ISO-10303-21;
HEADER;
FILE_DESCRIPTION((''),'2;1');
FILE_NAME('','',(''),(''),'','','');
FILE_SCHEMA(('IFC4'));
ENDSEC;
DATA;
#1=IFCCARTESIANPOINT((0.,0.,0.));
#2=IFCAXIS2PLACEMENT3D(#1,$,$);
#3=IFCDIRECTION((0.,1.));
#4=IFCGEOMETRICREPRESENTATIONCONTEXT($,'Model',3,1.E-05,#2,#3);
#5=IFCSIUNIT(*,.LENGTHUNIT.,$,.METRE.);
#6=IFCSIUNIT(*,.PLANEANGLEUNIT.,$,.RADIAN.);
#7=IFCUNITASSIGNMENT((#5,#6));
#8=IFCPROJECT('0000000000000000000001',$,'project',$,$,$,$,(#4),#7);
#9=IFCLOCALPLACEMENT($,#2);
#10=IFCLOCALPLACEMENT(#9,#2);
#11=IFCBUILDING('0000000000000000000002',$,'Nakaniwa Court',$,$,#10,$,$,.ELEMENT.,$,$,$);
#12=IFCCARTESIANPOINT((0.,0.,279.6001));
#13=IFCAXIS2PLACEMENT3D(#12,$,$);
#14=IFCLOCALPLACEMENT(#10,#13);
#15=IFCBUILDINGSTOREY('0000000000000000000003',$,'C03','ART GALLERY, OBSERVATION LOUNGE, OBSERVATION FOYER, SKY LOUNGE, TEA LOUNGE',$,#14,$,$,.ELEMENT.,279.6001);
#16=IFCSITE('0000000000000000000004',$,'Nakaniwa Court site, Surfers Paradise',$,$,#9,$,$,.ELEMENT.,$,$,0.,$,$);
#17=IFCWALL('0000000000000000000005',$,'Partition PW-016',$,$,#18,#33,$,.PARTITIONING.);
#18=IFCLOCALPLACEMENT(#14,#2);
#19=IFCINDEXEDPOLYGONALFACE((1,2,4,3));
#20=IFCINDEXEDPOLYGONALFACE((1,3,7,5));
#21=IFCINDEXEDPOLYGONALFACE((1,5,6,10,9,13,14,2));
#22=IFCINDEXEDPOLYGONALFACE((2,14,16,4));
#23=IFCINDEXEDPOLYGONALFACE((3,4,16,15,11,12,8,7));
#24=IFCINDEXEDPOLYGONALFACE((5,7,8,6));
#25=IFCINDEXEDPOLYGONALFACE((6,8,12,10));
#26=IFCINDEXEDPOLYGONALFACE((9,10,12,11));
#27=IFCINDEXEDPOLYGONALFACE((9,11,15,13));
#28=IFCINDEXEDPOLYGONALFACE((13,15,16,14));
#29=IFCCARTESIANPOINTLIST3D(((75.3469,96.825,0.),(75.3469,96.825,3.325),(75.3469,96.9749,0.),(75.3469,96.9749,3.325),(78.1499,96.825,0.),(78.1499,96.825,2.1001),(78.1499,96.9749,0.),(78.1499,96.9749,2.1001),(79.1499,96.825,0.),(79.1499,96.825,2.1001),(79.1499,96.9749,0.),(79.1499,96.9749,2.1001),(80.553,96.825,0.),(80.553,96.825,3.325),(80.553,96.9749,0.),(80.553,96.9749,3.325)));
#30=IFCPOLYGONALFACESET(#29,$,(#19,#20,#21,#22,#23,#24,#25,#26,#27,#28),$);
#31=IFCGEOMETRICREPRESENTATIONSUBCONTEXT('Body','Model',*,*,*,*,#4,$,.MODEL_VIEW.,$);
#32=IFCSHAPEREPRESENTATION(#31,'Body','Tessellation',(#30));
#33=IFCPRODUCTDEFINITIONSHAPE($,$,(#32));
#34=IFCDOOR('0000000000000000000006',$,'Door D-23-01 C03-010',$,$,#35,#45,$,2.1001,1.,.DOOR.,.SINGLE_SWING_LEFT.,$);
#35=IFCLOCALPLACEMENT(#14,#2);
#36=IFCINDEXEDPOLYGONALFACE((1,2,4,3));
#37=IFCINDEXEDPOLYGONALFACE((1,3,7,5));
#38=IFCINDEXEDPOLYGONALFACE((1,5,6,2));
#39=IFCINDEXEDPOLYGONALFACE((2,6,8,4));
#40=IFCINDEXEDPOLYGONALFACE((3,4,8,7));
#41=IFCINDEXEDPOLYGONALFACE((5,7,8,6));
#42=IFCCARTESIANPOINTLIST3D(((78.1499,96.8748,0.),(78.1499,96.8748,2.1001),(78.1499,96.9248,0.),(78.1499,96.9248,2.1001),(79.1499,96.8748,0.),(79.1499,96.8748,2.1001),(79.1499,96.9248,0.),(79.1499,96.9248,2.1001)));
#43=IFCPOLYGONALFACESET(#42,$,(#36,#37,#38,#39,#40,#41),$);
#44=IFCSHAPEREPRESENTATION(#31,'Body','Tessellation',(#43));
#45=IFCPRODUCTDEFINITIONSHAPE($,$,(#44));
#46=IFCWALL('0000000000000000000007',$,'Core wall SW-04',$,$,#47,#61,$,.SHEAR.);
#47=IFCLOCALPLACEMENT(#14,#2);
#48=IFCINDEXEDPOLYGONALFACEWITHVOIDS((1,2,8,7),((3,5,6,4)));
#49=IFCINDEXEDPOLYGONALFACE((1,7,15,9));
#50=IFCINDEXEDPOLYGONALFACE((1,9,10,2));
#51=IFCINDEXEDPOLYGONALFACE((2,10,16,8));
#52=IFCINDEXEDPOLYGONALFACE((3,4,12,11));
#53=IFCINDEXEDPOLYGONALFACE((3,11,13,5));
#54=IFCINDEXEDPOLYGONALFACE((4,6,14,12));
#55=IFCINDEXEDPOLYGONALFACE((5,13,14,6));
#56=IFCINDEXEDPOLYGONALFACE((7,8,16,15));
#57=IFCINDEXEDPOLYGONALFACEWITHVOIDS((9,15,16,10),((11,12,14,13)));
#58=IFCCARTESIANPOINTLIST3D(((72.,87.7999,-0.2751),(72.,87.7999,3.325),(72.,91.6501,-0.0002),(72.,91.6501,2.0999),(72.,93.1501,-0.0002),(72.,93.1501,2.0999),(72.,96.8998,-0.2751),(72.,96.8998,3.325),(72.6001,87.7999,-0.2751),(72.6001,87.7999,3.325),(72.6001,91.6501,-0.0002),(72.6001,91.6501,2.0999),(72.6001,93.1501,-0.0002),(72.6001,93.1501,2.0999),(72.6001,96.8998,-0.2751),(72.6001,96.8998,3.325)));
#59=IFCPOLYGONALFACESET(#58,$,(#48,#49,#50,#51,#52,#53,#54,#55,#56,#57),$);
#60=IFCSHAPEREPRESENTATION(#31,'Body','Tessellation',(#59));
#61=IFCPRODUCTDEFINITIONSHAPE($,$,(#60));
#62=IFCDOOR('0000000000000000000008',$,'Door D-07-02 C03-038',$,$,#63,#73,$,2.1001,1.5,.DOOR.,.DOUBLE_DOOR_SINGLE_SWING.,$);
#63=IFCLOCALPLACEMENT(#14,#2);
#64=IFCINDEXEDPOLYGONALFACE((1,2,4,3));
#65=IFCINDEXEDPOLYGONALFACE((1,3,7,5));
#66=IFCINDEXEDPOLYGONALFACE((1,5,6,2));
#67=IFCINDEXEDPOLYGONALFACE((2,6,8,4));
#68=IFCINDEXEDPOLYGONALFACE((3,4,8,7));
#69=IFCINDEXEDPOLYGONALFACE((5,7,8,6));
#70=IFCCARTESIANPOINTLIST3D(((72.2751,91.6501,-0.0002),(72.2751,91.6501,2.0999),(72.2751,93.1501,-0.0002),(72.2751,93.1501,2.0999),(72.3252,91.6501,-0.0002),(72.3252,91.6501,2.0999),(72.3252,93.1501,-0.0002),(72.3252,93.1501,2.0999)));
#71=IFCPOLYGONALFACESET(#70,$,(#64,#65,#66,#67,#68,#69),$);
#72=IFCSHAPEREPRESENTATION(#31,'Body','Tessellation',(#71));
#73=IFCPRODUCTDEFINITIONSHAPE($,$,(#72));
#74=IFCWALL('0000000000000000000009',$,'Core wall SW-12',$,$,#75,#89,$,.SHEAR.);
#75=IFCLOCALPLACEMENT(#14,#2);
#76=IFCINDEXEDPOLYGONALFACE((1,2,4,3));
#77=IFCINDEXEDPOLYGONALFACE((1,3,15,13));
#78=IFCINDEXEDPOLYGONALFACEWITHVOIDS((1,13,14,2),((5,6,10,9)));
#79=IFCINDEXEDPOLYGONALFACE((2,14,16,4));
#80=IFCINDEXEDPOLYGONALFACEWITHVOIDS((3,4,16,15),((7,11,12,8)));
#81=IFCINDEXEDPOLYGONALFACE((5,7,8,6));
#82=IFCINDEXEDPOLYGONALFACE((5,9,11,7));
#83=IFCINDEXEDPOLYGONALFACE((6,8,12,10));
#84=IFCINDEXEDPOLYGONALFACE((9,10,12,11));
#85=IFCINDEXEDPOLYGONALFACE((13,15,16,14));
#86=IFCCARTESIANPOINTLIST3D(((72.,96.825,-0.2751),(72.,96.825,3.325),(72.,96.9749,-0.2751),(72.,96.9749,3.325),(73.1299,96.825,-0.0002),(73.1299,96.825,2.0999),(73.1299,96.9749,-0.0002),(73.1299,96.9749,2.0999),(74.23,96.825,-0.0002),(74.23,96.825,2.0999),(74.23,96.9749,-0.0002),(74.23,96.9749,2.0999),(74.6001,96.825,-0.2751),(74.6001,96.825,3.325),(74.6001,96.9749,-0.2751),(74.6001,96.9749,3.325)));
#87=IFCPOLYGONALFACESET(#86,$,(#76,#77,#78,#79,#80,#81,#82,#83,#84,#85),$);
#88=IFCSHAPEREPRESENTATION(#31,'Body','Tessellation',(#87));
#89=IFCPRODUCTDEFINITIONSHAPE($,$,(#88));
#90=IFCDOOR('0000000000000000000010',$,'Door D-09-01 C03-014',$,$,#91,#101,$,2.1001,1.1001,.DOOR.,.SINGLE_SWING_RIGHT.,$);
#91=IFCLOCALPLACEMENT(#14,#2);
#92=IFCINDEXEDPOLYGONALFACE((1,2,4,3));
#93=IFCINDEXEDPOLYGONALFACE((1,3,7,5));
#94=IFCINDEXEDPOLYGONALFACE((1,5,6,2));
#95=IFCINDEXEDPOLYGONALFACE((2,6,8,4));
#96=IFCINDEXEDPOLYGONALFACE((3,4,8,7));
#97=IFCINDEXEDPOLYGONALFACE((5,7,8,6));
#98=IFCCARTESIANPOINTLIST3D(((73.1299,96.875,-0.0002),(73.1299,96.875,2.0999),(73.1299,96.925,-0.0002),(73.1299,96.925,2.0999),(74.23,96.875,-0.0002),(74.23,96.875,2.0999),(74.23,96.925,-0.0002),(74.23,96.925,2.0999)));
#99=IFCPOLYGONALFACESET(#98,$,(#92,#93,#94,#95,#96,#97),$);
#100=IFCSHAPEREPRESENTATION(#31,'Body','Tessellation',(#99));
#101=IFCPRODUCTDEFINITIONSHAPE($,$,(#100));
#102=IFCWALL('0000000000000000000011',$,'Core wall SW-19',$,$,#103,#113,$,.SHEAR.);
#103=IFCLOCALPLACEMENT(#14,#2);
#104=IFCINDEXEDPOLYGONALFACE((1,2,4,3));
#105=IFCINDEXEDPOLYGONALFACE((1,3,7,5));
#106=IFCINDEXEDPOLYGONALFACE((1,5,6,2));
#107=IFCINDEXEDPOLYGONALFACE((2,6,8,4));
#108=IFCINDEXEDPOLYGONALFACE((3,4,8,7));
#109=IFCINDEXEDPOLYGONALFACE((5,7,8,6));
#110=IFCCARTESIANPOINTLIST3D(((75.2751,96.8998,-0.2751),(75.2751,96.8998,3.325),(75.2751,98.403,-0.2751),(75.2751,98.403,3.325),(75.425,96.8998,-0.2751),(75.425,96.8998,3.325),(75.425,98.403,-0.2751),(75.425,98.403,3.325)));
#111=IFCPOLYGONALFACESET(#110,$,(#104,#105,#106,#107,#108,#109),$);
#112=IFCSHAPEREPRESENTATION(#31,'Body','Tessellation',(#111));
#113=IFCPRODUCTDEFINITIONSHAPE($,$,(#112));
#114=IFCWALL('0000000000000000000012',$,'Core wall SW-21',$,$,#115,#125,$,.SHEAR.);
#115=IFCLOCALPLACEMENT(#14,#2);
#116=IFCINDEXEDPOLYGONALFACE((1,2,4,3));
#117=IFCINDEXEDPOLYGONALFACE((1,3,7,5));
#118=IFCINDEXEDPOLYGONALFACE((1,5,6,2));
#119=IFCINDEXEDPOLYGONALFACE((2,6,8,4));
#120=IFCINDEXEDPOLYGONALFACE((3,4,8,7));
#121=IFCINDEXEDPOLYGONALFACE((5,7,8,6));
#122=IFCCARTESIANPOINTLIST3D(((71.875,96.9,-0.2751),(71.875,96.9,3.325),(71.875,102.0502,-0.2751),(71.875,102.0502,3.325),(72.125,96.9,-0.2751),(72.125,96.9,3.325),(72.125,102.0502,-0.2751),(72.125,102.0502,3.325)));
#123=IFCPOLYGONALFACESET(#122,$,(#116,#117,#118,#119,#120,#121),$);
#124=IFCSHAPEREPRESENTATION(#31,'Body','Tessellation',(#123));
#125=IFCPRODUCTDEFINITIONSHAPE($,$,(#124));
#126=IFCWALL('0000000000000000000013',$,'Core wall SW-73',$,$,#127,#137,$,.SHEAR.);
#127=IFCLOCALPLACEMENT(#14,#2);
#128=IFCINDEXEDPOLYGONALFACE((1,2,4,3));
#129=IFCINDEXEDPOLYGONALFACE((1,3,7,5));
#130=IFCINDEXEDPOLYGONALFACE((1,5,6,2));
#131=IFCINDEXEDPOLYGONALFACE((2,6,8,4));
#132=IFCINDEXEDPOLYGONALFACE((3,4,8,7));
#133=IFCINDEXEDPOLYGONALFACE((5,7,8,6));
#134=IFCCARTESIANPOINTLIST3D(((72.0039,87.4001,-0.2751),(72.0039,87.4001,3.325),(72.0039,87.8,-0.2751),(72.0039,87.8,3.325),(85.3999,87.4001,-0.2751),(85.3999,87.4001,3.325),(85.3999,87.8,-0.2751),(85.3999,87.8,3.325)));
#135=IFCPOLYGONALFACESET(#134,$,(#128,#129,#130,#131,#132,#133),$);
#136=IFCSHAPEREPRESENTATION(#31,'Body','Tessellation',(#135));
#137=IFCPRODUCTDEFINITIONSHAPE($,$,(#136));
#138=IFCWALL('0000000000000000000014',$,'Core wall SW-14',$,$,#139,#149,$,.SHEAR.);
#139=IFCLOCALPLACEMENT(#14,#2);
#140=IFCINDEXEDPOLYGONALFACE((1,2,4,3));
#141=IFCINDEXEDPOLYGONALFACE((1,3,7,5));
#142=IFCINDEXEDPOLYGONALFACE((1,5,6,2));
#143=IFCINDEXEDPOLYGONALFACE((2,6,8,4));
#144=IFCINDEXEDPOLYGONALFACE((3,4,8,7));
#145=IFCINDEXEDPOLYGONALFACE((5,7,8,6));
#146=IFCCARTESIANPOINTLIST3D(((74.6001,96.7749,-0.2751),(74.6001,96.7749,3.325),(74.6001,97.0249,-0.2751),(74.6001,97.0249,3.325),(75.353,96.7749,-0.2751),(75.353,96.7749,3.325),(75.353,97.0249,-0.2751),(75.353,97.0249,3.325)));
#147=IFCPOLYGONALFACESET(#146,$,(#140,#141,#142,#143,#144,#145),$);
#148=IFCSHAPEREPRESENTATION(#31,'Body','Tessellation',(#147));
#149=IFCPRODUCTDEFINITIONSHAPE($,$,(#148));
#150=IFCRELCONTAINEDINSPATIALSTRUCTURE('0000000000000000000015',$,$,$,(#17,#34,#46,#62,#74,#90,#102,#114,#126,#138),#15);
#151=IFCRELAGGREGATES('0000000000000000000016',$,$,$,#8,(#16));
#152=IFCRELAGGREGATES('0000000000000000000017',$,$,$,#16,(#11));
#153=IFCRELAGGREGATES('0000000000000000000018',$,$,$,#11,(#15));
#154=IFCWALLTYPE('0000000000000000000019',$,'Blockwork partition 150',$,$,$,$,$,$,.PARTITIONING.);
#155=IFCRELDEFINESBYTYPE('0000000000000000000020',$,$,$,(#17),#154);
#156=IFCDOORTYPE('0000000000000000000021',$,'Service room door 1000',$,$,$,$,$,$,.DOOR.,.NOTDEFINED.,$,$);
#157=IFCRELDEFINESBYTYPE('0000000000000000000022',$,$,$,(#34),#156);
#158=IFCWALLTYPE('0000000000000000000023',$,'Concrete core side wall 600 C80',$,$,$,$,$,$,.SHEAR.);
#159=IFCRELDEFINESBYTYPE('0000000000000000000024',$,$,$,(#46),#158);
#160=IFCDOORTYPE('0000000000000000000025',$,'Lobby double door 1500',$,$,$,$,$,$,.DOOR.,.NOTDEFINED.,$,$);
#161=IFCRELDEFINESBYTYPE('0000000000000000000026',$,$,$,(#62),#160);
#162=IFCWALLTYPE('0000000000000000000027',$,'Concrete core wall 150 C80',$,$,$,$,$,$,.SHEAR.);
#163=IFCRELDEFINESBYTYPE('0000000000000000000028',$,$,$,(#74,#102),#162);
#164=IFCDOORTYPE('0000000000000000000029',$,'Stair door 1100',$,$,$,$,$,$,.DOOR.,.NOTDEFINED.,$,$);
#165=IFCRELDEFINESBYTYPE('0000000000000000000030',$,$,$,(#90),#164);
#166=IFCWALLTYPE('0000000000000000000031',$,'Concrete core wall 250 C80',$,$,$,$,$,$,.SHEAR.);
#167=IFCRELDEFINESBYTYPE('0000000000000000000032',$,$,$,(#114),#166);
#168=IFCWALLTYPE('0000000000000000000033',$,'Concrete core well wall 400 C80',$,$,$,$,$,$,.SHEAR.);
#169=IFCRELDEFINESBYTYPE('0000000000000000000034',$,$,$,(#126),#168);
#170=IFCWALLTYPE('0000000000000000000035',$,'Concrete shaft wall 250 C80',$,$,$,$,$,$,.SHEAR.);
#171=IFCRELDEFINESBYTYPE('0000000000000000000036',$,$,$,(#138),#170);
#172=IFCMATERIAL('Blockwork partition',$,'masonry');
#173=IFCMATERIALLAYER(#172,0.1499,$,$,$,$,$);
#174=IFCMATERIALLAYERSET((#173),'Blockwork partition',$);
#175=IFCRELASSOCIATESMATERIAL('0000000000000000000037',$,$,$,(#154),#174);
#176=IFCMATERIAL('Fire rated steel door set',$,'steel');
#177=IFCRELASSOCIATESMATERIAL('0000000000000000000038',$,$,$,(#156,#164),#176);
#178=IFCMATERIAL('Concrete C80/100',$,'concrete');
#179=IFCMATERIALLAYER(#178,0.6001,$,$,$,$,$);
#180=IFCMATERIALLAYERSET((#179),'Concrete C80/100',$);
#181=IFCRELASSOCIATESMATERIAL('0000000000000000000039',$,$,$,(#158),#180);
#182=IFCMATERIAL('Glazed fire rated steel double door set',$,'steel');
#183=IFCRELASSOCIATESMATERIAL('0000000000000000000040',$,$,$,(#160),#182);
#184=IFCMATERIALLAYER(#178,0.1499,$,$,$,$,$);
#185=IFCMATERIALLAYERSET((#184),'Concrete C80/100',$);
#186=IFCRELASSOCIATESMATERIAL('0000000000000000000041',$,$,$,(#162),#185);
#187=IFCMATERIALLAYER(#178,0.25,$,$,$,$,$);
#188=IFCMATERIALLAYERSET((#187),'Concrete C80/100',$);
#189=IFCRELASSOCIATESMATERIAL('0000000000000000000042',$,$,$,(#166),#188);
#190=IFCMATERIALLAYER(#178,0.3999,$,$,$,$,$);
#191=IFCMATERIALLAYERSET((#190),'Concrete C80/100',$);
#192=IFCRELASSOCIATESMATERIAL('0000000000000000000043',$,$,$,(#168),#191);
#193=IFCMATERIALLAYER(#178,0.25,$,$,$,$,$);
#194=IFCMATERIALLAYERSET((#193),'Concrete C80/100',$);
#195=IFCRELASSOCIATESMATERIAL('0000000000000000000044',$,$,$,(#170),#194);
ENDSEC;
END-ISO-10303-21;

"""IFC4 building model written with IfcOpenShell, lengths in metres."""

from ifc_helpers import new_model, si_unit, direction, frame, frame_2d, origin, place, context, subcontext, project, spatial, rectangle, extrude, material, layer, layer_set, type_object, element, fill, save


model = new_model("IFC4")

# Units and contexts
model_context = context("Model", 3, precision=1e-05, world=origin(), true_north=direction((0.0, 1.0)))
body_context = subcontext(model_context, "Body", "Model", "MODEL_VIEW")
ifc_project = project(units=[si_unit("LENGTHUNIT", "METRE"), si_unit("PLANEANGLEUNIT", "RADIAN")], contexts=[model_context])

# Site, building, storey
site_placement = place(None, origin())
site = spatial("IfcSite", under=ifc_project, at=site_placement, Name="Nakaniwa Court site, Surfers Paradise", CompositionType="ELEMENT", RefElevation=0.0)
building_placement = place(site_placement, origin())
building = spatial("IfcBuilding", under=site, at=building_placement, Name="Nakaniwa Court", CompositionType="ELEMENT")
storey_placement = place(building_placement, frame((0.0, 0.0, 279.6001)))
storey = spatial("IfcBuildingStorey", under=building, at=storey_placement, Name="C03", Description="ART GALLERY, OBSERVATION LOUNGE, OBSERVATION FOYER, SKY LOUNGE, TEA LOUNGE", CompositionType="ELEMENT", Elevation=279.6001)

# Shared definitions
ifc_material_1 = material(Name="Blockwork partition", Category="masonry")
ifc_layer_1 = layer(ifc_material_1, 0.1499)
ifc_layer_set_1 = layer_set([ifc_layer_1], Name="Blockwork partition")
wall_type_1 = type_object("IfcWallType", Name="Blockwork partition 150", PredefinedType="PARTITIONING", material=ifc_layer_set_1)

# Shared definitions
ifc_material_2 = material(Name="Fire rated steel door set", Category="steel")

# Walls, openings, doors
wall_1_placement = place(storey_placement, frame((75.3469, 96.8999, 0.0), z_axis=(0.0, 0.0, 1.0), x_axis=(1.0, 0.0, 0.0)))
wall_1 = element("IfcWall", 1, at=wall_1_placement, inside=storey, type_object=wall_type_1, Name="Partition PW-016", PredefinedType="PARTITIONING", context=body_context, shape_type="SweptSolid", body=[
    extrude(rectangle(XDim=5.2061, YDim=0.1499, at=frame_2d((2.603, 0.0))), origin(), (0.0, 0.0, 1.0), 3.325),
])
opening_1_placement = place(wall_1_placement, frame((2.803, 0.0, 0.0)))
opening_1 = element("IfcOpeningElement", 2, at=opening_1_placement, cuts=wall_1, PredefinedType="OPENING", context=body_context, shape_type="SweptSolid", body=[
    extrude(rectangle(XDim=1.0, YDim=2.1001, at=frame_2d((0.5, 1.05))), frame((0.0, 0.085, 0.0), z_axis=(0.0, -1.0, 0.0), x_axis=(1.0, 0.0, 0.0)), (0.0, 0.0, 1.0), 0.1699),
])
door_type_1 = type_object("IfcDoorType", Name="Service room door 1000", OperationType="NOTDEFINED", PredefinedType="DOOR", material=ifc_material_2)
door_1_placement = place(opening_1_placement, origin())
door_1 = element("IfcDoor", 3, at=door_1_placement, inside=storey, type_object=door_type_1, Name="Door D-23-01 C03-010", OperationType="SINGLE_SWING_LEFT", OverallHeight=2.1001, OverallWidth=1.0, PredefinedType="DOOR", context=body_context, shape_type="SweptSolid", body=[
    extrude(rectangle(XDim=1.0, YDim=2.1001, at=frame_2d((0.5, 1.05))), frame((0.0, 0.0249, 0.0), z_axis=(0.0, -1.0, 0.0), x_axis=(1.0, 0.0, 0.0)), (0.0, 0.0, 1.0), 0.05),
])
fill(opening_1, door_1)
ifc_material_3 = material(Name="Concrete C80/100", Category="concrete")
ifc_layer_2 = layer(ifc_material_3, 0.6001)
ifc_layer_set_2 = layer_set([ifc_layer_2], Name="Concrete C80/100")
wall_type_2 = type_object("IfcWallType", Name="Concrete core side wall 600 C80", PredefinedType="SHEAR", material=ifc_layer_set_2)
wall_2_placement = place(storey_placement, frame((72.3, 87.8, -0.2751), z_axis=(0.0, 0.0, 1.0), x_axis=(0.0, 1.0, 0.0)))
wall_2 = element("IfcWall", 4, at=wall_2_placement, inside=storey, type_object=wall_type_2, Name="Core wall SW-04", PredefinedType="SHEAR", context=body_context, shape_type="SweptSolid", body=[
    extrude(rectangle(XDim=9.0999, YDim=0.6001, at=frame_2d((4.5498, 0.0))), origin(), (0.0, 0.0, 1.0), 3.6001),
])
opening_2_placement = place(wall_2_placement, frame((3.8501, 0.0, 0.2749)))
opening_2 = element("IfcOpeningElement", 5, at=opening_2_placement, cuts=wall_2, PredefinedType="OPENING", context=body_context, shape_type="SweptSolid", body=[
    extrude(rectangle(XDim=1.5, YDim=2.1001, at=frame_2d((0.75, 1.05))), frame((0.0, 0.3101, 0.0), z_axis=(0.0, -1.0, 0.0), x_axis=(1.0, 0.0, 0.0)), (0.0, 0.0, 1.0), 0.6201),
])
ifc_material_4 = material(Name="Glazed fire rated steel double door set", Category="steel")
door_type_2 = type_object("IfcDoorType", Name="Lobby double door 1500", OperationType="NOTDEFINED", PredefinedType="DOOR", material=ifc_material_4)
door_2_placement = place(opening_2_placement, origin())
door_2 = element("IfcDoor", 6, at=door_2_placement, inside=storey, type_object=door_type_2, Name="Door D-07-02 C03-038", OperationType="DOUBLE_DOOR_SINGLE_SWING", OverallHeight=2.1001, OverallWidth=1.5, PredefinedType="DOOR", context=body_context, shape_type="SweptSolid", body=[
    extrude(rectangle(XDim=1.5, YDim=2.1001, at=frame_2d((0.75, 1.05))), frame((0.0, 0.0249, 0.0), z_axis=(0.0, -1.0, 0.0), x_axis=(1.0, 0.0, 0.0)), (0.0, 0.0, 1.0), 0.05),
])
fill(opening_2, door_2)
ifc_layer_3 = layer(ifc_material_3, 0.1499)
ifc_layer_set_3 = layer_set([ifc_layer_3], Name="Concrete C80/100")
wall_type_3 = type_object("IfcWallType", Name="Concrete core wall 150 C80", PredefinedType="SHEAR", material=ifc_layer_set_3)
wall_3_placement = place(storey_placement, frame((74.6001, 96.8999, -0.2751), z_axis=(0.0, 0.0, 1.0), x_axis=(-1.0, 0.0, 0.0)))
wall_3 = element("IfcWall", 7, at=wall_3_placement, inside=storey, type_object=wall_type_3, Name="Core wall SW-12", PredefinedType="SHEAR", context=body_context, shape_type="SweptSolid", body=[
    extrude(rectangle(XDim=2.6001, YDim=0.1499, at=frame_2d((1.3, 0.0))), origin(), (0.0, 0.0, 1.0), 3.6001),
])
opening_3_placement = place(wall_3_placement, frame((0.3701, 0.0, 0.2749)))
opening_3 = element("IfcOpeningElement", 8, at=opening_3_placement, cuts=wall_3, PredefinedType="OPENING", context=body_context, shape_type="SweptSolid", body=[
    extrude(rectangle(XDim=1.1001, YDim=2.1001, at=frame_2d((0.55, 1.05))), frame((0.0, 0.085, 0.0), z_axis=(0.0, -1.0, 0.0), x_axis=(1.0, 0.0, 0.0)), (0.0, 0.0, 1.0), 0.1699),
])
door_type_3 = type_object("IfcDoorType", Name="Stair door 1100", OperationType="NOTDEFINED", PredefinedType="DOOR", material=ifc_material_2)
door_3_placement = place(opening_3_placement, origin())
door_3 = element("IfcDoor", 9, at=door_3_placement, inside=storey, type_object=door_type_3, Name="Door D-09-01 C03-014", OperationType="SINGLE_SWING_RIGHT", OverallHeight=2.1001, OverallWidth=1.1001, PredefinedType="DOOR", context=body_context, shape_type="SweptSolid", body=[
    extrude(rectangle(XDim=1.1001, YDim=2.1001, at=frame_2d((0.55, 1.05))), frame((0.0, 0.0249, 0.0), z_axis=(0.0, -1.0, 0.0), x_axis=(1.0, 0.0, 0.0)), (0.0, 0.0, 1.0), 0.05),
])
fill(opening_3, door_3)

# Walls
wall_4_placement = place(storey_placement, frame((75.3501, 96.8999, -0.2751), z_axis=(0.0, 0.0, 1.0), x_axis=(0.0, 1.0, 0.0)))
element("IfcWall", 10, at=wall_4_placement, inside=storey, type_object=wall_type_3, Name="Core wall SW-19", PredefinedType="SHEAR", context=body_context, shape_type="SweptSolid", body=[
    extrude(rectangle(XDim=1.5032, YDim=0.1499, at=frame_2d((0.7515, 0.0))), origin(), (0.0, 0.0, 1.0), 3.6001),
])
ifc_layer_4 = layer(ifc_material_3, 0.25)
ifc_layer_set_4 = layer_set([ifc_layer_4], Name="Concrete C80/100")
wall_type_4 = type_object("IfcWallType", Name="Concrete core wall 250 C80", PredefinedType="SHEAR", material=ifc_layer_set_4)
wall_5_placement = place(storey_placement, frame((72.0, 96.8999, -0.2751), z_axis=(0.0, 0.0, 1.0), x_axis=(0.0, 1.0, 0.0)))
element("IfcWall", 11, at=wall_5_placement, inside=storey, type_object=wall_type_4, Name="Core wall SW-21", PredefinedType="SHEAR", context=body_context, shape_type="SweptSolid", body=[
    extrude(rectangle(XDim=5.1501, YDim=0.25, at=frame_2d((2.5752, 0.0))), origin(), (0.0, 0.0, 1.0), 3.6001),
])
ifc_layer_5 = layer(ifc_material_3, 0.3999)
ifc_layer_set_5 = layer_set([ifc_layer_5], Name="Concrete C80/100")
wall_type_5 = type_object("IfcWallType", Name="Concrete core well wall 400 C80", PredefinedType="SHEAR", material=ifc_layer_set_5)
wall_6_placement = place(storey_placement, frame((72.0039, 87.6001, -0.2751), z_axis=(0.0, 0.0, 1.0), x_axis=(1.0, 0.0, 0.0)))
element("IfcWall", 12, at=wall_6_placement, inside=storey, type_object=wall_type_5, Name="Core wall SW-73", PredefinedType="SHEAR", context=body_context, shape_type="SweptSolid", body=[
    extrude(rectangle(XDim=13.396, YDim=0.3999, at=frame_2d((6.698, 0.0))), origin(), (0.0, 0.0, 1.0), 3.6001),
])
ifc_layer_6 = layer(ifc_material_3, 0.25)
ifc_layer_set_6 = layer_set([ifc_layer_6], Name="Concrete C80/100")
wall_type_6 = type_object("IfcWallType", Name="Concrete shaft wall 250 C80", PredefinedType="SHEAR", material=ifc_layer_set_6)
wall_7_placement = place(storey_placement, frame((74.6001, 96.8999, -0.2751), z_axis=(0.0, 0.0, 1.0), x_axis=(1.0, 0.0, 0.0)))
element("IfcWall", 13, at=wall_7_placement, inside=storey, type_object=wall_type_6, Name="Core wall SW-14", PredefinedType="SHEAR", context=body_context, shape_type="SweptSolid", body=[
    extrude(rectangle(XDim=0.7529, YDim=0.25, at=frame_2d((0.3765, 0.0))), origin(), (0.0, 0.0, 1.0), 3.6001),
])

save(model, "model.ifc")
